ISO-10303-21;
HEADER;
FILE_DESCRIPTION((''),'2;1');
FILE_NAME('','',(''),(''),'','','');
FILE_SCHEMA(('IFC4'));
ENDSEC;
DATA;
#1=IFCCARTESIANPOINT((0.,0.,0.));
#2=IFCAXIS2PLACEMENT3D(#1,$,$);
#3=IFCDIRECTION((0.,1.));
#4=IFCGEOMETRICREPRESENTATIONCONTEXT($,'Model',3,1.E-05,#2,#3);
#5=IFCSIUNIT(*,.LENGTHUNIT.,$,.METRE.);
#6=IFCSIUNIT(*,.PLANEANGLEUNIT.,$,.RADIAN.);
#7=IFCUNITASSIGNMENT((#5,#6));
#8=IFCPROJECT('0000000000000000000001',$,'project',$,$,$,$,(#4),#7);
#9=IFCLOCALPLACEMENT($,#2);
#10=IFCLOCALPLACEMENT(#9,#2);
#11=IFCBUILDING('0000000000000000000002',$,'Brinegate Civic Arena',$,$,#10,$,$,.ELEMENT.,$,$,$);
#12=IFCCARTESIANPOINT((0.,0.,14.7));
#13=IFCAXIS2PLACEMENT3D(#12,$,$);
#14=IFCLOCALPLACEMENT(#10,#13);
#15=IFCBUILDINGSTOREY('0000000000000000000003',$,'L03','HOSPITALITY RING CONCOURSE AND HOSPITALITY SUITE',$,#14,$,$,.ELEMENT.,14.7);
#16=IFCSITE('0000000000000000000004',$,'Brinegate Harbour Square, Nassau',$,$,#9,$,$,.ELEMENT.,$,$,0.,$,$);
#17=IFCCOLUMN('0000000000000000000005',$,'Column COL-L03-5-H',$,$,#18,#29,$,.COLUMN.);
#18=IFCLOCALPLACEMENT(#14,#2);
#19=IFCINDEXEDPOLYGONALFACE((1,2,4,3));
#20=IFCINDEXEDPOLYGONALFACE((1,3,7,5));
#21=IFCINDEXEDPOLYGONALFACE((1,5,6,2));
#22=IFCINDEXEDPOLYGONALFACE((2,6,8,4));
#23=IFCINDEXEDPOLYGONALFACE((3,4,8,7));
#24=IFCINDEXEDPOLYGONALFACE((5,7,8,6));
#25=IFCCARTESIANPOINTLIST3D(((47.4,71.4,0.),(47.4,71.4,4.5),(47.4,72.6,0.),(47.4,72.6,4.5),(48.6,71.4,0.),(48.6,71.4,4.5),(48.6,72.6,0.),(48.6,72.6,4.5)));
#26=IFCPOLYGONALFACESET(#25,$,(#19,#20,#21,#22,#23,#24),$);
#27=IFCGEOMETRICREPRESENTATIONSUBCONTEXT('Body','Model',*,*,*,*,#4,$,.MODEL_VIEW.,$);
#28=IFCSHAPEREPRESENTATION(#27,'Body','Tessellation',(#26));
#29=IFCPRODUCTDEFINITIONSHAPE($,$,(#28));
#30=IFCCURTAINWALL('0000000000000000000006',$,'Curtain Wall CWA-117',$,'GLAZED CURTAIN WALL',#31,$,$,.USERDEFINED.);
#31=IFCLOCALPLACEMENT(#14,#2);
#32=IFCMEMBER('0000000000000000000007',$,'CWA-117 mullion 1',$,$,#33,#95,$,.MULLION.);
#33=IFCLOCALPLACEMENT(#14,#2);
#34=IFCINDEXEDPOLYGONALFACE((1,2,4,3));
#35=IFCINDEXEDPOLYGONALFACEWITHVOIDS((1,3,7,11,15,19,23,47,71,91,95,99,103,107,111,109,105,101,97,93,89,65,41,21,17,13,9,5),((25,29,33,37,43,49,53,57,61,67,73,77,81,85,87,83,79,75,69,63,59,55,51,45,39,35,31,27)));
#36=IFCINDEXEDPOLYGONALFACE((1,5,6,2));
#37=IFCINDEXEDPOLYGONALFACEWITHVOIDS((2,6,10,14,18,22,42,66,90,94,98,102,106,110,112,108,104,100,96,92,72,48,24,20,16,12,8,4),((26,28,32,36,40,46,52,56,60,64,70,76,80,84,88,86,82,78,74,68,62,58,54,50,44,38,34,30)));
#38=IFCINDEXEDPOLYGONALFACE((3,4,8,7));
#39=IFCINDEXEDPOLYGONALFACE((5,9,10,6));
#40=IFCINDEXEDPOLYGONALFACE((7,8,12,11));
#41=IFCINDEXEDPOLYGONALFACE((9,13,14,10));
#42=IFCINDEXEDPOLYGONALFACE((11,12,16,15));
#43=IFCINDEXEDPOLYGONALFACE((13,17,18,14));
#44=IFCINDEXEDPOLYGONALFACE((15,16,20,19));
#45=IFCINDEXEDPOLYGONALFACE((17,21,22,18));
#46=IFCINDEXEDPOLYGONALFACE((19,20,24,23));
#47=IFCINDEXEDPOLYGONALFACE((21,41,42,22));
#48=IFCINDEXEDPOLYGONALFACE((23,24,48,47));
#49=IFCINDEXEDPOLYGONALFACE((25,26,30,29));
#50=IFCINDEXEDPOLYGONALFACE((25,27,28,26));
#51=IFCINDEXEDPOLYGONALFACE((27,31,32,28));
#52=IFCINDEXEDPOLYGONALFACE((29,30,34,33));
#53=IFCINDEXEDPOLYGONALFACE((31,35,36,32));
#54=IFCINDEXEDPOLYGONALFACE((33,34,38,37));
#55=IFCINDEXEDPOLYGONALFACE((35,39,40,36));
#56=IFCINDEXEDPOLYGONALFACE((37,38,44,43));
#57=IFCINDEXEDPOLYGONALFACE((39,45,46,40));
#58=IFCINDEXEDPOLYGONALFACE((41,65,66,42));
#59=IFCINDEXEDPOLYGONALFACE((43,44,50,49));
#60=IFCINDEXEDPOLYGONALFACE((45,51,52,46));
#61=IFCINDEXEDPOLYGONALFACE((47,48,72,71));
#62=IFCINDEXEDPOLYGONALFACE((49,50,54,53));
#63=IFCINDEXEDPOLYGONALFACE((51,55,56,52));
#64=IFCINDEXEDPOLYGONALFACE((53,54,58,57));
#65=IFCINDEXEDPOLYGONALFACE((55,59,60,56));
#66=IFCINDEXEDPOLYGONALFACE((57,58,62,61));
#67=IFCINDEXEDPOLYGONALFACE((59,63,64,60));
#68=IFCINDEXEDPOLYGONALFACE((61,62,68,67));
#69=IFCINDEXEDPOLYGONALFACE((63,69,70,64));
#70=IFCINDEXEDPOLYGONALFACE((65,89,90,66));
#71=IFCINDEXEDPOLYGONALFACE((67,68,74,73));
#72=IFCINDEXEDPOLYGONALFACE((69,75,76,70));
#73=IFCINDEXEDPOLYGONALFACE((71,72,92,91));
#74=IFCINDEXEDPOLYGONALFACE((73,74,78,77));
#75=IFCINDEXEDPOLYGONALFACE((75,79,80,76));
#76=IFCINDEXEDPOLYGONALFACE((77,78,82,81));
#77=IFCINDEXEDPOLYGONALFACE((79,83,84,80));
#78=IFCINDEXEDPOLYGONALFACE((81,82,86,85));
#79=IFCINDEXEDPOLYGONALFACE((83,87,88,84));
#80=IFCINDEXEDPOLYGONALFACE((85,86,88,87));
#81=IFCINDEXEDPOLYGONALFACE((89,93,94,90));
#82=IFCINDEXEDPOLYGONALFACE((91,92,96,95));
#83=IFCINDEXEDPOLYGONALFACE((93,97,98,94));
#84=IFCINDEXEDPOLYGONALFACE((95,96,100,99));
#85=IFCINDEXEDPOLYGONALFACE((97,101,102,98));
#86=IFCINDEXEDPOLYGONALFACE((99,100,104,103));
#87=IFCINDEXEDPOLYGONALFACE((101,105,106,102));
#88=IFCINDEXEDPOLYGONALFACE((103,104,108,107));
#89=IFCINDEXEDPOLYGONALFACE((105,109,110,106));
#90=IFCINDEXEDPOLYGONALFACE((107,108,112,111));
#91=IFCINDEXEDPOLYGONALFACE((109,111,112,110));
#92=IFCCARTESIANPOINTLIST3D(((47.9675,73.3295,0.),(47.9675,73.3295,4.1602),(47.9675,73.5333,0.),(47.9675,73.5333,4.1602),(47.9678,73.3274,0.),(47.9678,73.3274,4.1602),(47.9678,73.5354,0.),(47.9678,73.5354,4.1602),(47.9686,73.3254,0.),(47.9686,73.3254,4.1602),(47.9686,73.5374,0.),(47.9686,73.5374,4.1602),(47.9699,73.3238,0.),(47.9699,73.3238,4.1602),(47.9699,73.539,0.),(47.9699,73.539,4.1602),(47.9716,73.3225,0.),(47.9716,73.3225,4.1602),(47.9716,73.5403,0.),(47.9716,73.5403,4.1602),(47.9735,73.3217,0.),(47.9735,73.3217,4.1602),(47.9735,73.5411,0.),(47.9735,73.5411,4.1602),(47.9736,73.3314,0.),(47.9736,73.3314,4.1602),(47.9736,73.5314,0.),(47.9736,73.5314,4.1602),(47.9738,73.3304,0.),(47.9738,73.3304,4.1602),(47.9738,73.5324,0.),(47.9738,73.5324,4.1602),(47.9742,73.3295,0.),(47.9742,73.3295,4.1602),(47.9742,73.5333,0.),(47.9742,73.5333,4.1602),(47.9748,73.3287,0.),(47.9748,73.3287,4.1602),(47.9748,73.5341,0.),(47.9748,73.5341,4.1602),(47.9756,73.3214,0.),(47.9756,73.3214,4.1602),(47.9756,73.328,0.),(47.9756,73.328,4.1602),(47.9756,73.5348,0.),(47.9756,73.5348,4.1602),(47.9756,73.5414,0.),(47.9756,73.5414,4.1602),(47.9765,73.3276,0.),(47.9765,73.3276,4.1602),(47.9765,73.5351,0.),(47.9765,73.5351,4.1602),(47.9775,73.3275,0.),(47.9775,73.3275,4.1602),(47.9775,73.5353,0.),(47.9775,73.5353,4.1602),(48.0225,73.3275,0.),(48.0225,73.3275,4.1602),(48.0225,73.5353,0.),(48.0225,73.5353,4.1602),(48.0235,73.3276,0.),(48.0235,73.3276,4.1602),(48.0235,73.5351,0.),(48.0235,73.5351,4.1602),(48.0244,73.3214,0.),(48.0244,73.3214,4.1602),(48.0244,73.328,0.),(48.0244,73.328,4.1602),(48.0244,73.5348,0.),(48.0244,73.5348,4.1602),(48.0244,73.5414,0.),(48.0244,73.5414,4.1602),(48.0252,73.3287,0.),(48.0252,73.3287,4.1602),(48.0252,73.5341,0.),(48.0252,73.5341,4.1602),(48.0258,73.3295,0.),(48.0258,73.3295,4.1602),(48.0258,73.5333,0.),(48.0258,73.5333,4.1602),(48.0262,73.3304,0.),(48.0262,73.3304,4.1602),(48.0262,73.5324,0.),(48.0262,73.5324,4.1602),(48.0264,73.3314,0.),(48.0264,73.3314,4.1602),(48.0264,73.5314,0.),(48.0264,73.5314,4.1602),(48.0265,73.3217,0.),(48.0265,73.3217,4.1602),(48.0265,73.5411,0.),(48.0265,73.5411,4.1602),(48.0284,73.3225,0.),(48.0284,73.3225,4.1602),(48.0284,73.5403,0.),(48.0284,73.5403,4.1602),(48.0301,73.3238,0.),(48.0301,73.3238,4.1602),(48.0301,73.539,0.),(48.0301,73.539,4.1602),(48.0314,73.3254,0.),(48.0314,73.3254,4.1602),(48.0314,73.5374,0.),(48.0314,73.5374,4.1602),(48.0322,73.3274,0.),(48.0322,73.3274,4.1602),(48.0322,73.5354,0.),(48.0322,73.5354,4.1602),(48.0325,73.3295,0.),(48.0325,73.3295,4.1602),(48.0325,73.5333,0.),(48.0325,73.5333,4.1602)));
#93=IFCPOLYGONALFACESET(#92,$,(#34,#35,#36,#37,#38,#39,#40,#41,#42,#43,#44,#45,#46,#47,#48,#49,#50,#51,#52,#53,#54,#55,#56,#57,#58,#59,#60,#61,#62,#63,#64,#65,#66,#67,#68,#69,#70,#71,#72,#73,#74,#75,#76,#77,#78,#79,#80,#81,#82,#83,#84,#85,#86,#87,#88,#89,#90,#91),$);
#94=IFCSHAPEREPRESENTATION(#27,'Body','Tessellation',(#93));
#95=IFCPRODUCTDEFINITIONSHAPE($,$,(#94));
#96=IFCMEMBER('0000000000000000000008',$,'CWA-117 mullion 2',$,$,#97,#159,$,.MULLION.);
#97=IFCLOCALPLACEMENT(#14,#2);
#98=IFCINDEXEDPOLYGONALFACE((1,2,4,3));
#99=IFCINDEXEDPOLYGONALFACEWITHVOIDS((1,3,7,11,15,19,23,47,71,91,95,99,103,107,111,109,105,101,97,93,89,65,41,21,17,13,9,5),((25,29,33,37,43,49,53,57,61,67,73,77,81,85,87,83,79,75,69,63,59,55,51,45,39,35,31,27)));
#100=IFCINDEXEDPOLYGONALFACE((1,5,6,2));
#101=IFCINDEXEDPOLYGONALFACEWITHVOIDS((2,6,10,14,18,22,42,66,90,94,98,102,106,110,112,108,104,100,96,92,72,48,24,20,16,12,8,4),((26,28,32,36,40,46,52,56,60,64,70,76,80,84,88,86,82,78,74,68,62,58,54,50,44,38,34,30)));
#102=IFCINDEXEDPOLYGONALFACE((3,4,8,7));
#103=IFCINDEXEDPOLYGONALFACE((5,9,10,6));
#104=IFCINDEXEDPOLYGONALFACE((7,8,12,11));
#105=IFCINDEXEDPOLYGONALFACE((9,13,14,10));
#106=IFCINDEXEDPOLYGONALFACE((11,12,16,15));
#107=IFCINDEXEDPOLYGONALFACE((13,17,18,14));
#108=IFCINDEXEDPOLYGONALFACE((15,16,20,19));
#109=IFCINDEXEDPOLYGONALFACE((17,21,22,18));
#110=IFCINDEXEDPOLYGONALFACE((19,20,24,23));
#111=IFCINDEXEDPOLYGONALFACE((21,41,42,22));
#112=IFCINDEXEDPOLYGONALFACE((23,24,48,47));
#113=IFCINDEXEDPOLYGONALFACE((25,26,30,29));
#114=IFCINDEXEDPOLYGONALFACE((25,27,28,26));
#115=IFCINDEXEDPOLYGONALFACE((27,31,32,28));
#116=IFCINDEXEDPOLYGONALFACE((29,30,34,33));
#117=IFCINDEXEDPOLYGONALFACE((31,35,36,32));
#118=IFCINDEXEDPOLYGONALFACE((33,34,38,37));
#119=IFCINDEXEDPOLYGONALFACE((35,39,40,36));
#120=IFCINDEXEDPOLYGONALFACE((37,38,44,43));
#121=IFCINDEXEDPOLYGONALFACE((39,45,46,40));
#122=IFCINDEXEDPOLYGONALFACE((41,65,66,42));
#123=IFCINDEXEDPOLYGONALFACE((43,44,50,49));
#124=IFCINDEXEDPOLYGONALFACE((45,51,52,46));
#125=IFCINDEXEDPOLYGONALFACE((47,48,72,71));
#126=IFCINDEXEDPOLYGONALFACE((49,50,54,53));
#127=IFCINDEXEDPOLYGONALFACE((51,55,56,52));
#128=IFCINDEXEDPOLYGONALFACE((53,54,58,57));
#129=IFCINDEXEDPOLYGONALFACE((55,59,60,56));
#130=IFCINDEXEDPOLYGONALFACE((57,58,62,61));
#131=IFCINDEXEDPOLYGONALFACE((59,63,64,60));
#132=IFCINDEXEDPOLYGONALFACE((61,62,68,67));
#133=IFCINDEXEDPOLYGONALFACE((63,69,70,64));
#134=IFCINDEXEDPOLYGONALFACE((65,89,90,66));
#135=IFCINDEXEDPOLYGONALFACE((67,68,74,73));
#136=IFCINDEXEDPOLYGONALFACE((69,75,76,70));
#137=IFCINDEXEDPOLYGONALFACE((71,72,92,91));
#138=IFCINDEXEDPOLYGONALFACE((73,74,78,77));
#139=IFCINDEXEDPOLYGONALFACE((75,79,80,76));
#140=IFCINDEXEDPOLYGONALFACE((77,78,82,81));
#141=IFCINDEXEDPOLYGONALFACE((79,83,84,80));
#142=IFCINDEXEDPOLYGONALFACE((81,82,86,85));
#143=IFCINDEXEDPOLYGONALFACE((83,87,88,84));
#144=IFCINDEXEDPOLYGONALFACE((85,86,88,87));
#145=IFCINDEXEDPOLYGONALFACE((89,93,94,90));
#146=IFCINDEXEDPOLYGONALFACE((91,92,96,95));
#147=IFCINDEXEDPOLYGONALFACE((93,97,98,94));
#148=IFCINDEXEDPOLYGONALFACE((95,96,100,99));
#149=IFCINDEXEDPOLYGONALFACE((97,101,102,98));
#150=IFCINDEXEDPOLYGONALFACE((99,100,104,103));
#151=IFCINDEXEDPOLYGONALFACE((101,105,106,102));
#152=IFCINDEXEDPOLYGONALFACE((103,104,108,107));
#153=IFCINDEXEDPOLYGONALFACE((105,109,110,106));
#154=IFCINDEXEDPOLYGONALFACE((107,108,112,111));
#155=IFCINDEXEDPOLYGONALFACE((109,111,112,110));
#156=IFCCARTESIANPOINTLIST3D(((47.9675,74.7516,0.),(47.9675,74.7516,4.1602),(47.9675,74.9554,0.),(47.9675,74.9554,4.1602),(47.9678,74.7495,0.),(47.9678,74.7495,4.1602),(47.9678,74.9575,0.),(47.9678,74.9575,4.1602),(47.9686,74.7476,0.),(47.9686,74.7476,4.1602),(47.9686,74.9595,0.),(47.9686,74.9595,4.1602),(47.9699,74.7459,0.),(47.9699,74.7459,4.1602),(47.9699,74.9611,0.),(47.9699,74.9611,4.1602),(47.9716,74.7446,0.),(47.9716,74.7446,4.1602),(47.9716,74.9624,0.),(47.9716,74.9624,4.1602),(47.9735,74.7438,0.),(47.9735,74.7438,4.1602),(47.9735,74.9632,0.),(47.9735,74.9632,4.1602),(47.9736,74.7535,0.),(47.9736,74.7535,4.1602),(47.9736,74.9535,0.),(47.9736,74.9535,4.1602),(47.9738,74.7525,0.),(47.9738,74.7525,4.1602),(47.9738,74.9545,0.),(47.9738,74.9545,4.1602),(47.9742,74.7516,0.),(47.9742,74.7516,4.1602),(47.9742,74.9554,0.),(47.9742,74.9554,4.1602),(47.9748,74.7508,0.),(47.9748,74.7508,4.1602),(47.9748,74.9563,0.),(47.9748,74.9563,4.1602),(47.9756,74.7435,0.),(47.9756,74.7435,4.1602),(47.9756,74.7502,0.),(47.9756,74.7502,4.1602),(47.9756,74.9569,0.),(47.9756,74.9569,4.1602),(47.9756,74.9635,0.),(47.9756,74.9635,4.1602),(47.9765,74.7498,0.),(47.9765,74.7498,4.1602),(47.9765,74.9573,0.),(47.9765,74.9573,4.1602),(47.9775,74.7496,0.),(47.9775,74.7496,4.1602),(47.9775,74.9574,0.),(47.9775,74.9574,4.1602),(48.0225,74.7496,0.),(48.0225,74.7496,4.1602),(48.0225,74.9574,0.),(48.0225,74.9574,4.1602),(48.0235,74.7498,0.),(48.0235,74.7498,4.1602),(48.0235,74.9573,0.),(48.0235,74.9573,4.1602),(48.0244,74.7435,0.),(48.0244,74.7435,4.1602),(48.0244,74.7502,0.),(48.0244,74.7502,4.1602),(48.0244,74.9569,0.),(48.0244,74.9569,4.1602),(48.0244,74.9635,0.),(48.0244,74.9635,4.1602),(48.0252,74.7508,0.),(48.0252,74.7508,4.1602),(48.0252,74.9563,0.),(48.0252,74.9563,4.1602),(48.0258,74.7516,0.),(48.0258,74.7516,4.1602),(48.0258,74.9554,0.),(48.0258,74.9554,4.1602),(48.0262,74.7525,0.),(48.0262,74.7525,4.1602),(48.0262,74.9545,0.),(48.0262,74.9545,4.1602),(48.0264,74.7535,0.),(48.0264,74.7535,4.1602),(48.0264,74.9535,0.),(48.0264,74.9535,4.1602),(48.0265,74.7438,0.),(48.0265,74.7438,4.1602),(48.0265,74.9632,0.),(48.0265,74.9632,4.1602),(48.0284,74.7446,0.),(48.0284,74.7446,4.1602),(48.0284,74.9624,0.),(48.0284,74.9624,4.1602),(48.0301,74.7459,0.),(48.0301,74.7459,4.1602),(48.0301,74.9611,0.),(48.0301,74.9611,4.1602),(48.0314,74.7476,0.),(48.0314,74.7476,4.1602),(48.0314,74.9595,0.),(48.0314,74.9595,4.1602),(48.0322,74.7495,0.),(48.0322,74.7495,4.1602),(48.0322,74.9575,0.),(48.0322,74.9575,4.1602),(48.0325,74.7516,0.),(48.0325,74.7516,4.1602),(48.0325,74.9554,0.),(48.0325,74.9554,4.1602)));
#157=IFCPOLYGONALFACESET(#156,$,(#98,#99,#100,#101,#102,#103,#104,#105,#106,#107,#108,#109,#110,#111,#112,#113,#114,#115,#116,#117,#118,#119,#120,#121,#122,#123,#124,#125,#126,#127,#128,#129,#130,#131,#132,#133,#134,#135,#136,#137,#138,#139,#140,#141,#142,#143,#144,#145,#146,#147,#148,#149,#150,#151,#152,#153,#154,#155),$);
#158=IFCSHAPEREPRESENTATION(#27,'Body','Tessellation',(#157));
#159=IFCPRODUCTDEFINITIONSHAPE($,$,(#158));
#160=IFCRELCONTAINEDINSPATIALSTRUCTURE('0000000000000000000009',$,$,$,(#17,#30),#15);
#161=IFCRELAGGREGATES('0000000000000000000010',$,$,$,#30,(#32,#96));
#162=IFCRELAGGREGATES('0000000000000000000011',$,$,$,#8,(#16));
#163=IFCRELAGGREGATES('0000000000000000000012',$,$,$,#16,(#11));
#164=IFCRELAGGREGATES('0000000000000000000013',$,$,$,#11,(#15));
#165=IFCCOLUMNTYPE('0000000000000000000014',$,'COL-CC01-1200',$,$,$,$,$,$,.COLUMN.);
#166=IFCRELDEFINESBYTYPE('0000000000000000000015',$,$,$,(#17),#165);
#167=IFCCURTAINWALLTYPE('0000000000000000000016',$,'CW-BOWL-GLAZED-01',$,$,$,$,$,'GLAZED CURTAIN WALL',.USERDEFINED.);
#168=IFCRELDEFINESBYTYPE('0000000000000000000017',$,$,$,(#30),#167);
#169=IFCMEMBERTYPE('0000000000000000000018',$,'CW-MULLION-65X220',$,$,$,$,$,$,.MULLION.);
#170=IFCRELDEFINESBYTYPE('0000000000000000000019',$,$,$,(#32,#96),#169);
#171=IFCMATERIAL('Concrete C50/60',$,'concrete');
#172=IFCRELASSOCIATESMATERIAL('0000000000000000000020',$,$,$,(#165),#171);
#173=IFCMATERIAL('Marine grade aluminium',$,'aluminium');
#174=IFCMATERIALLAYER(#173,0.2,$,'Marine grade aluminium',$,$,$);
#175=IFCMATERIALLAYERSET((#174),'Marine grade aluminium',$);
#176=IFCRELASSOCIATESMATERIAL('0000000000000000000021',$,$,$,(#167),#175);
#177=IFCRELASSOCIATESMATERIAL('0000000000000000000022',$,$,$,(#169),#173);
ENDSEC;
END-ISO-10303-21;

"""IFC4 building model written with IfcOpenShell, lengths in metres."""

from ifc_helpers import new_model, si_unit, direction, frame, origin, origin_2d, place, context, subcontext, project, spatial, rectangle, hollow_rectangle, extrude, material, layer, layer_set, material_profile, profile_set, type_object, element, aggregate, save


model = new_model("IFC4")

# Units and contexts
model_context = context("Model", 3, precision=1e-05, world=origin(), true_north=direction((0.0, 1.0)))
body_context = subcontext(model_context, "Body", "Model", "MODEL_VIEW")
ifc_project = project(units=[si_unit("LENGTHUNIT", "METRE"), si_unit("PLANEANGLEUNIT", "RADIAN")], contexts=[model_context])

# Site, building, storey
site_placement = place(None, origin())
site = spatial("IfcSite", under=ifc_project, at=site_placement, Name="Brinegate Harbour Square, Nassau", CompositionType="ELEMENT", RefElevation=0.0)
building_placement = place(site_placement, origin())
building = spatial("IfcBuilding", under=site, at=building_placement, Name="Brinegate Civic Arena", CompositionType="ELEMENT")
storey_placement = place(building_placement, frame((0.0, 0.0, 14.7)))
storey = spatial("IfcBuildingStorey", under=building, at=storey_placement, Name="L03", Description="HOSPITALITY RING CONCOURSE AND HOSPITALITY SUITE", CompositionType="ELEMENT", Elevation=14.7)

# Column
ifc_material_1 = material(Name="Concrete C50/60", Category="concrete")
ifc_material_profile_1 = material_profile(ifc_material_1, rectangle(XDim=1.2, YDim=1.2, at=origin_2d()), Name="RC1200X1200")
ifc_profile_set_1 = profile_set([ifc_material_profile_1], Name="Concrete C50/60")
column_type = type_object("IfcColumnType", Name="COL-CC01-1200", PredefinedType="COLUMN", material=ifc_profile_set_1)
column_placement = place(storey_placement, frame((48.0, 72.0, 0.0), z_axis=(0.0, 0.0, 1.0), x_axis=(1.0, 0.0, 0.0)))
element("IfcColumn", 1, at=column_placement, inside=storey, type_object=column_type, Name="Column COL-L03-5-H", PredefinedType="COLUMN", context=body_context, shape_type="SweptSolid", body=[
    extrude(rectangle(XDim=1.2, YDim=1.2, at=origin_2d()), origin(), (0.0, 0.0, 1.0), 4.5),
])

# Curtain wall, members
ifc_material_2 = material(Name="Marine grade aluminium", Category="aluminium")
ifc_layer_1 = layer(ifc_material_2, 0.2, Name="Marine grade aluminium")
ifc_layer_set_1 = layer_set([ifc_layer_1], Name="Marine grade aluminium")
curtain_wall_type = type_object("IfcCurtainWallType", Name="CW-BOWL-GLAZED-01", ElementType="GLAZED CURTAIN WALL", PredefinedType="USERDEFINED", material=ifc_layer_set_1)
curtain_wall_1_placement = place(storey_placement, origin())
curtain_wall_1 = element("IfcCurtainWall", 2, at=curtain_wall_1_placement, inside=storey, type_object=curtain_wall_type, Name="Curtain Wall CWA-117", ObjectType="GLAZED CURTAIN WALL", PredefinedType="USERDEFINED")
ifc_material_profile_2 = material_profile(ifc_material_2, hollow_rectangle(XDim=0.0649, YDim=0.22, WallThickness=0.0061, InnerFilletRadius=0.0039, OuterFilletRadius=0.0081, at=origin_2d()), Name="MUL65X220")
ifc_profile_set_2 = profile_set([ifc_material_profile_2], Name="Marine grade aluminium")
member_type_1 = type_object("IfcMemberType", Name="CW-MULLION-65X220", PredefinedType="MULLION", material=ifc_profile_set_2)
member_1_placement = place(storey_placement, frame((48.0, 73.4314, 0.0), z_axis=(0.0, 0.0, 1.0), x_axis=(-1.0, 0.0, 0.0)))
member_1 = element("IfcMember", 3, at=member_1_placement, type_object=member_type_1, Name="CWA-117 mullion 1", PredefinedType="MULLION", context=body_context, shape_type="SweptSolid", body=[
    extrude(hollow_rectangle(XDim=0.0649, YDim=0.22, WallThickness=0.0061, InnerFilletRadius=0.0039, OuterFilletRadius=0.0081, at=origin_2d()), origin(), (0.0, 0.0, 1.0), 4.1602),
])
member_2_placement = place(storey_placement, frame((48.0, 74.8535, 0.0), z_axis=(0.0, 0.0, 1.0), x_axis=(-1.0, 0.0, 0.0)))
member_2 = element("IfcMember", 4, at=member_2_placement, type_object=member_type_1, Name="CWA-117 mullion 2", PredefinedType="MULLION", context=body_context, shape_type="SweptSolid", body=[
    extrude(hollow_rectangle(XDim=0.0649, YDim=0.22, WallThickness=0.0061, InnerFilletRadius=0.0039, OuterFilletRadius=0.0081, at=origin_2d()), origin(), (0.0, 0.0, 1.0), 4.1602),
])

aggregate(curtain_wall_1, [member_1, member_2])

save(model, "model.ifc")
